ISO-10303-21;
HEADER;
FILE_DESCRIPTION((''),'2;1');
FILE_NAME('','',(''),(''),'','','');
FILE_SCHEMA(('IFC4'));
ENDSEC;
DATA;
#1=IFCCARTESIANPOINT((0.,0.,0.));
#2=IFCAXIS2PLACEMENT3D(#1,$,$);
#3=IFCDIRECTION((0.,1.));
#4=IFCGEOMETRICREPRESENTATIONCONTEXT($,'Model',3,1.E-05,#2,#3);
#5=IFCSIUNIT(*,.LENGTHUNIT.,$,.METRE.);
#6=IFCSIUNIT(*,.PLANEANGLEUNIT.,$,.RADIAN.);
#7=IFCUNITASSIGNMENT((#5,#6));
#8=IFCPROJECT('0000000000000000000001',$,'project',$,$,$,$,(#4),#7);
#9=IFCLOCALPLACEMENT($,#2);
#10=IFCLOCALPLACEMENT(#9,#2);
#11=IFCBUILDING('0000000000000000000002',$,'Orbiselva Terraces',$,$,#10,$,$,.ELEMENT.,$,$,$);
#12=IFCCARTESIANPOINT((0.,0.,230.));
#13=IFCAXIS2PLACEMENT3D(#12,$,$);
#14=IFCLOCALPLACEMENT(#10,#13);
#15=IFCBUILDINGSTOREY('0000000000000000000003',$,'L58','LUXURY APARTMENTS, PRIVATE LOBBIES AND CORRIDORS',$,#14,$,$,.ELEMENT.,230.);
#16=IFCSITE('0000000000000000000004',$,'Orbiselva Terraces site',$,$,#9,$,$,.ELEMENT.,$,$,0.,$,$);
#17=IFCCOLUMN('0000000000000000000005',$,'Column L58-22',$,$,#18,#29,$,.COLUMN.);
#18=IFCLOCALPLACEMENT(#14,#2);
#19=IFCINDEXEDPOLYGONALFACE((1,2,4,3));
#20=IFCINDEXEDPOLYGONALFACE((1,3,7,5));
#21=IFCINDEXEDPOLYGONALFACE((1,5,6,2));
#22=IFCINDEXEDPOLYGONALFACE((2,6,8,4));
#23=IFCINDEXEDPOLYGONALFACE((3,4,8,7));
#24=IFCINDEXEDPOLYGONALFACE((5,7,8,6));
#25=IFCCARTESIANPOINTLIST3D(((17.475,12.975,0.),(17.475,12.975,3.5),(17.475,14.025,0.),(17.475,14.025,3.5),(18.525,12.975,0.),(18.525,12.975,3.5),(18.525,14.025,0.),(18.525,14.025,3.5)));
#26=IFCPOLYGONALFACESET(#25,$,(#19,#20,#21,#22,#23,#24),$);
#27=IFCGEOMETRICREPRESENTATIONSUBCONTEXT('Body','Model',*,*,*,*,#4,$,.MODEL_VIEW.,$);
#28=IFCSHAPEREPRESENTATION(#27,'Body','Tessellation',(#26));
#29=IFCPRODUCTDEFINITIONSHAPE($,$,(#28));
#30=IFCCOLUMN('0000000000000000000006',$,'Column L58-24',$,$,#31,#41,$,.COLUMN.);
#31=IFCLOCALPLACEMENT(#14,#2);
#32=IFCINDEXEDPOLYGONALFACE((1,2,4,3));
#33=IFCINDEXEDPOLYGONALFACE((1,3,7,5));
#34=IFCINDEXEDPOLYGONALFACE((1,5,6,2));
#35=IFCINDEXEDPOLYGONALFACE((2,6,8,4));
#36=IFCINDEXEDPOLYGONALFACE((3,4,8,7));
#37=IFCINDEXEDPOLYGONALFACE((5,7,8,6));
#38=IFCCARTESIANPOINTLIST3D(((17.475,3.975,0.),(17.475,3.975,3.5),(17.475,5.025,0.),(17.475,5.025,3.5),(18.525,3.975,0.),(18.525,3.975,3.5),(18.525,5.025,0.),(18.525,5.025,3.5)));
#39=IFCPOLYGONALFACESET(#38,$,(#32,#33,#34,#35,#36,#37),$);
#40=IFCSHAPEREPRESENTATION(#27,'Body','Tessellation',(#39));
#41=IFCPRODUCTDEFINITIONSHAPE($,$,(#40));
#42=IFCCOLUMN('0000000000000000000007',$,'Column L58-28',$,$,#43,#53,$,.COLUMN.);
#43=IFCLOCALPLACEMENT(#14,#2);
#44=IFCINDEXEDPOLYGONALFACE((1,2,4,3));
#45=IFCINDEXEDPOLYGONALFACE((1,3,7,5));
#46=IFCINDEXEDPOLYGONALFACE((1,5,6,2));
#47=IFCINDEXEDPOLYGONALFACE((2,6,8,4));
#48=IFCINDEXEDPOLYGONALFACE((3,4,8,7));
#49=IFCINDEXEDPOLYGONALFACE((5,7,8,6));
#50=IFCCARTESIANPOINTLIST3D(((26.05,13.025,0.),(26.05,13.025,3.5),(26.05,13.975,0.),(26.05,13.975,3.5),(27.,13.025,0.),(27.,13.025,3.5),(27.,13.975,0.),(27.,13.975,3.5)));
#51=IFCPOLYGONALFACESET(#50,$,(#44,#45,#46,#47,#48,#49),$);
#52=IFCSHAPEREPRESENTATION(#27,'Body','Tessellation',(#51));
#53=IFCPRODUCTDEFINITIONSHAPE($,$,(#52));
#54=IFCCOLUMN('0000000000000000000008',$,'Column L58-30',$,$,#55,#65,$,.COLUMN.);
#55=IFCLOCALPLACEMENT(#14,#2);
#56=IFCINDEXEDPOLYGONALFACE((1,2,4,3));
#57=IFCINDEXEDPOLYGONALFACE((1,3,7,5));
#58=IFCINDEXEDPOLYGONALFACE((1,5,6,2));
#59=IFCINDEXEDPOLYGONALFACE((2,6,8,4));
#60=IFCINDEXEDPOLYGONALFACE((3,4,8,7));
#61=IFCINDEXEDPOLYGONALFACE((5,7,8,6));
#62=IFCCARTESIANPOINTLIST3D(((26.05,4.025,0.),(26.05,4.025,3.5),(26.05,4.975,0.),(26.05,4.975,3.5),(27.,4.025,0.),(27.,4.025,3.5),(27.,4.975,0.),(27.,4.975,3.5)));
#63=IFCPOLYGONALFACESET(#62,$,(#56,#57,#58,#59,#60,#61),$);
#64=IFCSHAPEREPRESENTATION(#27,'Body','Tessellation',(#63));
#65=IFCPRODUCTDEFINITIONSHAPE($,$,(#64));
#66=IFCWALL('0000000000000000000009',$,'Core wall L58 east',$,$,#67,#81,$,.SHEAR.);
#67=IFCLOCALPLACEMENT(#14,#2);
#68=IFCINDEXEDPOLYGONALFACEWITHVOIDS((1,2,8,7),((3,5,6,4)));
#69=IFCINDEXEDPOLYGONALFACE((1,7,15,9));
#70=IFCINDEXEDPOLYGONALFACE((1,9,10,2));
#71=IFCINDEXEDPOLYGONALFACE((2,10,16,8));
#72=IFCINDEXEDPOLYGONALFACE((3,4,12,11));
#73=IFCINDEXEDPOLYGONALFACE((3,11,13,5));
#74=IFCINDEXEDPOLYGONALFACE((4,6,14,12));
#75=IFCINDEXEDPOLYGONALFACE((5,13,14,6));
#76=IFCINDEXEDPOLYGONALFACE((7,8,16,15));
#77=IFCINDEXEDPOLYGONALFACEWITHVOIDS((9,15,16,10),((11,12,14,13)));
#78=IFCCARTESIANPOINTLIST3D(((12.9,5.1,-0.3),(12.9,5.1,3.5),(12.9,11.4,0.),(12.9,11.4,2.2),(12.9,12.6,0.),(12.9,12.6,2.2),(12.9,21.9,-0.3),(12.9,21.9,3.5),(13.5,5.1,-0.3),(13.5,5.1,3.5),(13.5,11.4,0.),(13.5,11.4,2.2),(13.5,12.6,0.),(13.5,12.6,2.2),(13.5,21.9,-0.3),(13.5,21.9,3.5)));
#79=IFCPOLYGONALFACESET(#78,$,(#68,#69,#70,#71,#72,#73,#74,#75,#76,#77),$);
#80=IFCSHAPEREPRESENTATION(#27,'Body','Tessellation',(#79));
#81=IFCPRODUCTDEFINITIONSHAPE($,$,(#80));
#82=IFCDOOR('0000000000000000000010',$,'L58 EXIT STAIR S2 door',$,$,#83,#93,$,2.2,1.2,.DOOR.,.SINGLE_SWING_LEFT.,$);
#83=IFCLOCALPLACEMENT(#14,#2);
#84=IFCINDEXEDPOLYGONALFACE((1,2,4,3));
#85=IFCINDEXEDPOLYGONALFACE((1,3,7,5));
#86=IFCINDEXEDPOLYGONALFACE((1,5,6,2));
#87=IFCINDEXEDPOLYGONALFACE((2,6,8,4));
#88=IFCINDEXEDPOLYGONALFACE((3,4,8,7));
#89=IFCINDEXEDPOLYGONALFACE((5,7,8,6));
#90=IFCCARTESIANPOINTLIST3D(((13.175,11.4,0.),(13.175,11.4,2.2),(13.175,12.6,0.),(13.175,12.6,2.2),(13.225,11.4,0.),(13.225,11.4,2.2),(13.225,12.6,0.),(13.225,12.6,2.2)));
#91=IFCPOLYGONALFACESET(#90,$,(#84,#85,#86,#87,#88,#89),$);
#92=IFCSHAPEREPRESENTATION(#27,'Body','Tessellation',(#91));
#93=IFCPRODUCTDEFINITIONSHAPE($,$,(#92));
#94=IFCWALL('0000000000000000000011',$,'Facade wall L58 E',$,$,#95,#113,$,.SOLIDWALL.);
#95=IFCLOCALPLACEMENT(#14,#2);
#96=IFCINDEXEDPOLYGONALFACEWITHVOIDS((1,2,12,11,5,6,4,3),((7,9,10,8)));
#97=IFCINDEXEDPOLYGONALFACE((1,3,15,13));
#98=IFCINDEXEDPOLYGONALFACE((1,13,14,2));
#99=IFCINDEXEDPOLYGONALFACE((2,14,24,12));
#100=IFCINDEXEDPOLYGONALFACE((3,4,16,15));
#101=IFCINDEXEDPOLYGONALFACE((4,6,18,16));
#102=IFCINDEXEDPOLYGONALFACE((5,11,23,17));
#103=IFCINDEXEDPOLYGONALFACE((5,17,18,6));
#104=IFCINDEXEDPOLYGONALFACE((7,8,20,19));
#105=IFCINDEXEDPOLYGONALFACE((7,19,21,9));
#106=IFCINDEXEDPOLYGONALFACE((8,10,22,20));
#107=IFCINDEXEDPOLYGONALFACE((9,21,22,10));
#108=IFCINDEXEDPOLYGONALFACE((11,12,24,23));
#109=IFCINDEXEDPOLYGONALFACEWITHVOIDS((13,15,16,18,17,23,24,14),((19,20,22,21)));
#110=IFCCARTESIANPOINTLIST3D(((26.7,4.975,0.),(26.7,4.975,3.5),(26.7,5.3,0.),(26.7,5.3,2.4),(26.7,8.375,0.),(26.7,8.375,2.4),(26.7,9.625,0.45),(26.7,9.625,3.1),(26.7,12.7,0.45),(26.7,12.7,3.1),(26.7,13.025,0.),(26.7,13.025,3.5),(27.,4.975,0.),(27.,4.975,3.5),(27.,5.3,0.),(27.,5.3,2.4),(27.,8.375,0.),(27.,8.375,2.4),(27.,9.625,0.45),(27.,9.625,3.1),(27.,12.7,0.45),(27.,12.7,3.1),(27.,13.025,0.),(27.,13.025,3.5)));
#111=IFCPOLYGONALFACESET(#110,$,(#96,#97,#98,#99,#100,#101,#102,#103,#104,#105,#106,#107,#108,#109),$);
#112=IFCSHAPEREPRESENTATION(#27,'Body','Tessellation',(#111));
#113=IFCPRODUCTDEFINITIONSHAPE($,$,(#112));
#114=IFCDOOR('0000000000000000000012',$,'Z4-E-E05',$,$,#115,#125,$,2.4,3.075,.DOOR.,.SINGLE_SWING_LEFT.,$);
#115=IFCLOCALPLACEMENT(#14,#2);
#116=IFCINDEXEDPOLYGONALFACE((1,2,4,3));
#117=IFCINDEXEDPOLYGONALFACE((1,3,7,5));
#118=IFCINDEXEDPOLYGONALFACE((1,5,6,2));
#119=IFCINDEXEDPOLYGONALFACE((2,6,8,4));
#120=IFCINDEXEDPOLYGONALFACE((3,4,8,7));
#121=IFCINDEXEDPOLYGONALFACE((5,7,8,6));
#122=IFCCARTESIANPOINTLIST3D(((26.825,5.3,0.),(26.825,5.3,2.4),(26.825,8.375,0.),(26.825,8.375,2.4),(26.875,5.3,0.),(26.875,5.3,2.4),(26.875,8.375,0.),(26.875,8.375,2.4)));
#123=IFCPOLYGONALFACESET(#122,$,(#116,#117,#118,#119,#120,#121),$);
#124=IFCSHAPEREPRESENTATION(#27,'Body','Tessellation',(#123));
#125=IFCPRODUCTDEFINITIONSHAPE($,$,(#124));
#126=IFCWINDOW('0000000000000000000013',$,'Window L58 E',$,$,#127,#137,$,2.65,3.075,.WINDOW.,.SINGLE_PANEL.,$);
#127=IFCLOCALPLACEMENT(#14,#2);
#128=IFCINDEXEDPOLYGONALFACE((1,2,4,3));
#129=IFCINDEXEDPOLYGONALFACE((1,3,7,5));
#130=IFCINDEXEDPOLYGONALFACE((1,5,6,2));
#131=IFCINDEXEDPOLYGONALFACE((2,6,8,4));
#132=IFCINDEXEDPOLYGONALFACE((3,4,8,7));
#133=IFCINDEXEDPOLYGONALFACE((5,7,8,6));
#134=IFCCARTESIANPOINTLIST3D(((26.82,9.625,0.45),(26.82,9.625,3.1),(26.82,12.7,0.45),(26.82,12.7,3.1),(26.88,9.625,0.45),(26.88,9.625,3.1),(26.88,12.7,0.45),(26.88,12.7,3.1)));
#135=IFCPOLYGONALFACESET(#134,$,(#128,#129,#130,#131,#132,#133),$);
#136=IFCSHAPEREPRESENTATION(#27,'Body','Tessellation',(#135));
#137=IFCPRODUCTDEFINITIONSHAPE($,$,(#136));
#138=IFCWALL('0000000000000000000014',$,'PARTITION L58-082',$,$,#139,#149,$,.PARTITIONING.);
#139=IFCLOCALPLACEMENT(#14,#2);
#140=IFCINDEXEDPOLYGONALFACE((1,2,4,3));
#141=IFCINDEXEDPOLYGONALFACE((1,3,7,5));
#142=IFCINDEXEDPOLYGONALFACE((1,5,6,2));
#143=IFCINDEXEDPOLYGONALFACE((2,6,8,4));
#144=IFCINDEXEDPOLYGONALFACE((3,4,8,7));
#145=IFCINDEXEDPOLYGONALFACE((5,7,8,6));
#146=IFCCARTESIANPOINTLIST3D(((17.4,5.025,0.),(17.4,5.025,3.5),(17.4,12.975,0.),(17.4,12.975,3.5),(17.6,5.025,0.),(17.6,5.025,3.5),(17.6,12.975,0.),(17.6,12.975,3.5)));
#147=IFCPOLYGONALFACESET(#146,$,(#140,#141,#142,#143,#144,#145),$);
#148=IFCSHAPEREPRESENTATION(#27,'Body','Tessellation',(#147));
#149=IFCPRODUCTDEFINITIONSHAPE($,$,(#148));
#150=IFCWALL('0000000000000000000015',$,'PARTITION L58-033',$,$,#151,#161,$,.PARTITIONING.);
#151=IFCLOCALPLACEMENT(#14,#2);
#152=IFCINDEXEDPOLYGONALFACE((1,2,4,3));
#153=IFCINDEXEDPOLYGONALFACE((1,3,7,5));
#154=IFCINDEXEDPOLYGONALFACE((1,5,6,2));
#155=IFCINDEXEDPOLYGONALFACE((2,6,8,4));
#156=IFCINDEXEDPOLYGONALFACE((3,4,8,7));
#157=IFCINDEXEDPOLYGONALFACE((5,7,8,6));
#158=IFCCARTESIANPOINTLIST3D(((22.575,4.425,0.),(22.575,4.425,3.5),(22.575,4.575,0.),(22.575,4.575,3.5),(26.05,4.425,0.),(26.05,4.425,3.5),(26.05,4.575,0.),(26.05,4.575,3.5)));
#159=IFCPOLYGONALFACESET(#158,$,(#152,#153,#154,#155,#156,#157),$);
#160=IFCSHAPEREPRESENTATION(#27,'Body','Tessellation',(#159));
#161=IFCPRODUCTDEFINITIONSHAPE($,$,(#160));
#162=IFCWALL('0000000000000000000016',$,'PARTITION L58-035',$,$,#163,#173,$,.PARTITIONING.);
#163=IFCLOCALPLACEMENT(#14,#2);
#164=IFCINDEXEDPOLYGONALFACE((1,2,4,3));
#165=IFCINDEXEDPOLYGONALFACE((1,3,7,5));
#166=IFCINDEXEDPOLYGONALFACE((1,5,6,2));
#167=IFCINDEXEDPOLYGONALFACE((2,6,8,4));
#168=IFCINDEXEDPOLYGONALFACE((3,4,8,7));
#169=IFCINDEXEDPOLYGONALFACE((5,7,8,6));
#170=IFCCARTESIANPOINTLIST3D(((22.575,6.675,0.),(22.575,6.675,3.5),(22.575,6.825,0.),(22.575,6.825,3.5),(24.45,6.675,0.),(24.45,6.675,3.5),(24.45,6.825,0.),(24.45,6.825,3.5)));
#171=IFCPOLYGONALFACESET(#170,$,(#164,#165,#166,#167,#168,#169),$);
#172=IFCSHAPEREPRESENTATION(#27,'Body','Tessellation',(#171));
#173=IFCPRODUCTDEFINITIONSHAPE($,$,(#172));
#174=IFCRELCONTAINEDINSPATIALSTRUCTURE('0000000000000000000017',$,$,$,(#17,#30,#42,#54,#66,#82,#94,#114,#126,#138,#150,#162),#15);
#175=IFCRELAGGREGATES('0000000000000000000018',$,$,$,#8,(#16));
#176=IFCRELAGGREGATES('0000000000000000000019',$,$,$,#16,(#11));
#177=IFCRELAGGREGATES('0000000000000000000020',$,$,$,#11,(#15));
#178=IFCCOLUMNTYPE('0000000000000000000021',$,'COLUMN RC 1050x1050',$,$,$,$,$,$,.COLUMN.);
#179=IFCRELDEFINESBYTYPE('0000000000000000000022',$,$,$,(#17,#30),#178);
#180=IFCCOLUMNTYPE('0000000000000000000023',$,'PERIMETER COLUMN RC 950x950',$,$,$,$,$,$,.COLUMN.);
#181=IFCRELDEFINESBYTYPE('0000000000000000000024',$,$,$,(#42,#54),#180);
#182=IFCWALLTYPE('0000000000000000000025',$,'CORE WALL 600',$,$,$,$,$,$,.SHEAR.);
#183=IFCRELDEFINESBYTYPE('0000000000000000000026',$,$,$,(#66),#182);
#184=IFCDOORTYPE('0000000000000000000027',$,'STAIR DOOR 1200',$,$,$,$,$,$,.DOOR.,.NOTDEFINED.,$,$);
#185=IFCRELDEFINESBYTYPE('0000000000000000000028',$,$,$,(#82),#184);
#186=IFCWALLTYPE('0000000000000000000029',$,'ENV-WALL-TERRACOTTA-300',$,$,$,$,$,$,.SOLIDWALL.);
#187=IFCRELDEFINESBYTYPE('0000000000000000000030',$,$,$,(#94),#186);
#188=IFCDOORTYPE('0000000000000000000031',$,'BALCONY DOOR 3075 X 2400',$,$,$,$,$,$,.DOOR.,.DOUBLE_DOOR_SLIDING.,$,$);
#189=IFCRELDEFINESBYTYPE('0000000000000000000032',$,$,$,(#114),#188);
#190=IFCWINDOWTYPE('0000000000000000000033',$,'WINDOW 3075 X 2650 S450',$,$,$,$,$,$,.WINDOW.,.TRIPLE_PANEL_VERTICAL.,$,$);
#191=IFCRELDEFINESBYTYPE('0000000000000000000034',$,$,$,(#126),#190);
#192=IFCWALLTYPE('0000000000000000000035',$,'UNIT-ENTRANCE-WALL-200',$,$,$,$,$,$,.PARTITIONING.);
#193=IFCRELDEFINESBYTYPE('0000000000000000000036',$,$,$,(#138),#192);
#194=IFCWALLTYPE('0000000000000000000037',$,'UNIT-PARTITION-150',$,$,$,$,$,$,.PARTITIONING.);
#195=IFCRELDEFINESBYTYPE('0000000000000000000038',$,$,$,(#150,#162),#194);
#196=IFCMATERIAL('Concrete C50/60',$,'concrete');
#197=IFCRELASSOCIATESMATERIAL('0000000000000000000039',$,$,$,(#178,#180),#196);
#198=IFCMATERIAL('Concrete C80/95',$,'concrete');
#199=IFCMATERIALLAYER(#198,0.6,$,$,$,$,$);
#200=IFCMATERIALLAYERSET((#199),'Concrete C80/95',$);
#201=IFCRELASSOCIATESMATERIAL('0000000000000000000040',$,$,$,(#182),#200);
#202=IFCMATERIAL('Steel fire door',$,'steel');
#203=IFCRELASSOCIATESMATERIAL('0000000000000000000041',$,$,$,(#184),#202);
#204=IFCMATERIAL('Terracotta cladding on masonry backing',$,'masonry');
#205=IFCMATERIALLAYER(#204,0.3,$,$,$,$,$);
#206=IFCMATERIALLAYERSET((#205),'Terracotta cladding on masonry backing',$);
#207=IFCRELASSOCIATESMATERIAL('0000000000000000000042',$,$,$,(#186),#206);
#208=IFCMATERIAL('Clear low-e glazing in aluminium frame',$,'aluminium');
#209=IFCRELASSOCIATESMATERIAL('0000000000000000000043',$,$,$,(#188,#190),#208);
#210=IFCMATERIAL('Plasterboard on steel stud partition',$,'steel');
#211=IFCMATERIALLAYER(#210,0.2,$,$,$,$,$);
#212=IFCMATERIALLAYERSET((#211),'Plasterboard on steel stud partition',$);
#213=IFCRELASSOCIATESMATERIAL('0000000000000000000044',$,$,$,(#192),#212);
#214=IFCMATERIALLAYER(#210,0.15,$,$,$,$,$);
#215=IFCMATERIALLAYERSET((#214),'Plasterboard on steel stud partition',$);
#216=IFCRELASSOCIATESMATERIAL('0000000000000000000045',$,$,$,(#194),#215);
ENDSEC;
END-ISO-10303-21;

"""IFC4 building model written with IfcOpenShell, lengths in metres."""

from ifc_helpers import new_model, si_unit, direction, frame, frame_2d, origin, origin_2d, place, context, subcontext, project, spatial, rectangle, extrude, material, layer, layer_set, material_profile, profile_set, type_object, element, fill, save


model = new_model("IFC4")

# Units and contexts
model_context = context("Model", 3, precision=1e-05, world=origin(), true_north=direction((0.0, 1.0)))
body_context = subcontext(model_context, "Body", "Model", "MODEL_VIEW")
ifc_project = project(units=[si_unit("LENGTHUNIT", "METRE"), si_unit("PLANEANGLEUNIT", "RADIAN")], contexts=[model_context])

# Site, building, storey
site_placement = place(None, origin())
site = spatial("IfcSite", under=ifc_project, at=site_placement, Name="Orbiselva Terraces site", CompositionType="ELEMENT", RefElevation=0.0)
building_placement = place(site_placement, origin())
building = spatial("IfcBuilding", under=site, at=building_placement, Name="Orbiselva Terraces", CompositionType="ELEMENT")
storey_placement = place(building_placement, frame((0.0, 0.0, 230.0)))
storey = spatial("IfcBuildingStorey", under=building, at=storey_placement, Name="L58", Description="LUXURY APARTMENTS, PRIVATE LOBBIES AND CORRIDORS", CompositionType="ELEMENT", Elevation=230.0)

# Columns
ifc_material_1 = material(Name="Concrete C50/60", Category="concrete")
ifc_material_profile_1 = material_profile(ifc_material_1, rectangle(XDim=1.05, YDim=1.05, at=origin_2d()), Name="RC 1050x1050")
ifc_profile_set_1 = profile_set([ifc_material_profile_1], Name="Concrete C50/60")
column_type_1 = type_object("IfcColumnType", Name="COLUMN RC 1050x1050", PredefinedType="COLUMN", material=ifc_profile_set_1)
for number, where, z_axis, x_axis, name in (
    (1, (18.0, 13.5, 0.0), (0.0, 0.0, 1.0), (1.0, 0.0, 0.0), "Column L58-22"),
    (2, (18.0, 4.5, 0.0), (0.0, 0.0, 1.0), (1.0, 0.0, 0.0), "Column L58-24"),
):
    element("IfcColumn", number, at=place(storey_placement, frame(where, z_axis=z_axis, x_axis=x_axis)), inside=storey, type_object=column_type_1, Name=name, PredefinedType="COLUMN", context=body_context, shape_type="SweptSolid", body=[
        extrude(rectangle(XDim=1.05, YDim=1.05, at=origin_2d()), origin(), (0.0, 0.0, 1.0), 3.5),
    ])
ifc_material_profile_2 = material_profile(ifc_material_1, rectangle(XDim=0.95, YDim=0.95, at=origin_2d()), Name="RC 950x950")
ifc_profile_set_2 = profile_set([ifc_material_profile_2], Name="Concrete C50/60")
column_type_2 = type_object("IfcColumnType", Name="PERIMETER COLUMN RC 950x950", PredefinedType="COLUMN", material=ifc_profile_set_2)
for number, where, z_axis, x_axis, name in (
    (3, (26.525, 13.5, 0.0), (0.0, 0.0, 1.0), (1.0, 0.0, 0.0), "Column L58-28"),
    (4, (26.525, 4.5, 0.0), (0.0, 0.0, 1.0), (1.0, 0.0, 0.0), "Column L58-30"),
):
    element("IfcColumn", number, at=place(storey_placement, frame(where, z_axis=z_axis, x_axis=x_axis)), inside=storey, type_object=column_type_2, Name=name, PredefinedType="COLUMN", context=body_context, shape_type="SweptSolid", body=[
        extrude(rectangle(XDim=0.95, YDim=0.95, at=origin_2d()), origin(), (0.0, 0.0, 1.0), 3.5),
    ])

# Wall, opening, door
ifc_material_2 = material(Name="Concrete C80/95", Category="concrete")
ifc_layer_1 = layer(ifc_material_2, 0.6)
ifc_layer_set_1 = layer_set([ifc_layer_1], Name="Concrete C80/95")
wall_type_1 = type_object("IfcWallType", Name="CORE WALL 600", PredefinedType="SHEAR", material=ifc_layer_set_1)
wall_1_placement = place(storey_placement, frame((13.2, 5.1, -0.3), z_axis=(0.0, 0.0, 1.0), x_axis=(0.0, 1.0, 0.0)))
wall_1 = element("IfcWall", 5, at=wall_1_placement, inside=storey, type_object=wall_type_1, Name="Core wall L58 east", PredefinedType="SHEAR", context=body_context, shape_type="SweptSolid", body=[
    extrude(rectangle(XDim=16.8, YDim=0.6, at=frame_2d((8.4, 0.0))), origin(), (0.0, 0.0, 1.0), 3.8),
])
opening_1_placement = place(wall_1_placement, frame((6.3, 0.0, 0.3)))
opening_1 = element("IfcOpeningElement", 6, at=opening_1_placement, cuts=wall_1, PredefinedType="OPENING", context=body_context, shape_type="SweptSolid", body=[
    extrude(rectangle(XDim=1.2, YDim=2.2, at=frame_2d((0.6, 1.1))), frame((0.0, 0.31, 0.0), z_axis=(0.0, -1.0, 0.0), x_axis=(1.0, 0.0, 0.0)), (0.0, 0.0, 1.0), 0.62),
])
ifc_material_3 = material(Name="Steel fire door", Category="steel")
door_type_1 = type_object("IfcDoorType", Name="STAIR DOOR 1200", OperationType="NOTDEFINED", PredefinedType="DOOR", material=ifc_material_3)
door_1_placement = place(opening_1_placement, frame((1.2, 0.0, 0.0), z_axis=(0.0, 0.0, 1.0), x_axis=(-1.0, 0.0, 0.0)))
door_1 = element("IfcDoor", 7, at=door_1_placement, inside=storey, type_object=door_type_1, Name="L58 EXIT STAIR S2 door", OperationType="SINGLE_SWING_LEFT", OverallHeight=2.2, OverallWidth=1.2, PredefinedType="DOOR", context=body_context, shape_type="SweptSolid", body=[
    extrude(rectangle(XDim=1.2, YDim=2.2, at=frame_2d((0.6, 1.1))), frame((0.0, 0.025, 0.0), z_axis=(0.0, -1.0, 0.0), x_axis=(1.0, 0.0, 0.0)), (0.0, 0.0, 1.0), 0.05),
])
fill(opening_1, door_1)

# Wall, openings, door, window
ifc_material_4 = material(Name="Terracotta cladding on masonry backing", Category="masonry")
ifc_layer_2 = layer(ifc_material_4, 0.3)
ifc_layer_set_2 = layer_set([ifc_layer_2], Name="Terracotta cladding on masonry backing")
wall_type_2 = type_object("IfcWallType", Name="ENV-WALL-TERRACOTTA-300", PredefinedType="SOLIDWALL", material=ifc_layer_set_2)
wall_2_placement = place(storey_placement, frame((26.85, 13.025, 0.0), z_axis=(0.0, 0.0, 1.0), x_axis=(0.0, -1.0, 0.0)))
wall_2 = element("IfcWall", 8, at=wall_2_placement, inside=storey, type_object=wall_type_2, Name="Facade wall L58 E", PredefinedType="SOLIDWALL", context=body_context, shape_type="SweptSolid", body=[
    extrude(rectangle(XDim=8.05, YDim=0.3, at=frame_2d((4.025, 0.0))), origin(), (0.0, 0.0, 1.0), 3.5),
])
opening_2_placement = place(wall_2_placement, frame((4.65, 0.0, 0.0)))
opening_2 = element("IfcOpeningElement", 9, at=opening_2_placement, cuts=wall_2, PredefinedType="OPENING", context=body_context, shape_type="SweptSolid", body=[
    extrude(rectangle(XDim=3.075, YDim=2.4, at=frame_2d((1.5375, 1.2))), frame((0.0, 0.16, 0.0), z_axis=(0.0, -1.0, 0.0), x_axis=(1.0, 0.0, 0.0)), (0.0, 0.0, 1.0), 0.32),
])
opening_3_placement = place(wall_2_placement, frame((0.325, 0.0, 0.45)))
opening_3 = element("IfcOpeningElement", 10, at=opening_3_placement, cuts=wall_2, PredefinedType="OPENING", context=body_context, shape_type="SweptSolid", body=[
    extrude(rectangle(XDim=3.075, YDim=2.65, at=frame_2d((1.5375, 1.325))), frame((0.0, 0.16, 0.0), z_axis=(0.0, -1.0, 0.0), x_axis=(1.0, 0.0, 0.0)), (0.0, 0.0, 1.0), 0.32),
])
ifc_material_5 = material(Name="Clear low-e glazing in aluminium frame", Category="aluminium")
door_type_2 = type_object("IfcDoorType", Name="BALCONY DOOR 3075 X 2400", OperationType="DOUBLE_DOOR_SLIDING", PredefinedType="DOOR", material=ifc_material_5)
door_2_placement = place(opening_2_placement, origin())
door_2 = element("IfcDoor", 11, at=door_2_placement, inside=storey, type_object=door_type_2, Name="Z4-E-E05", OperationType="SINGLE_SWING_LEFT", OverallHeight=2.4, OverallWidth=3.075, PredefinedType="DOOR", context=body_context, shape_type="SweptSolid", body=[
    extrude(rectangle(XDim=3.075, YDim=2.4, at=frame_2d((1.5375, 1.2))), frame((0.0, 0.025, 0.0), z_axis=(0.0, -1.0, 0.0), x_axis=(1.0, 0.0, 0.0)), (0.0, 0.0, 1.0), 0.05),
])
fill(opening_2, door_2)
window_type = type_object("IfcWindowType", Name="WINDOW 3075 X 2650 S450", PartitioningType="TRIPLE_PANEL_VERTICAL", PredefinedType="WINDOW", material=ifc_material_5)
window_placement = place(opening_3_placement, origin())
window = element("IfcWindow", 12, at=window_placement, inside=storey, type_object=window_type, Name="Window L58 E", OverallHeight=2.65, OverallWidth=3.075, PartitioningType="SINGLE_PANEL", PredefinedType="WINDOW", context=body_context, shape_type="SweptSolid", body=[
    extrude(rectangle(XDim=3.075, YDim=2.65, at=frame_2d((1.5375, 1.325))), frame((0.0, 0.03, 0.0), z_axis=(0.0, -1.0, 0.0), x_axis=(1.0, 0.0, 0.0)), (0.0, 0.0, 1.0), 0.06),
])
fill(opening_3, window)

# Walls
ifc_material_6 = material(Name="Plasterboard on steel stud partition", Category="steel")
ifc_layer_3 = layer(ifc_material_6, 0.2)
ifc_layer_set_3 = layer_set([ifc_layer_3], Name="Plasterboard on steel stud partition")
wall_type_3 = type_object("IfcWallType", Name="UNIT-ENTRANCE-WALL-200", PredefinedType="PARTITIONING", material=ifc_layer_set_3)
wall_3_placement = place(storey_placement, frame((17.5, 5.025, 0.0), z_axis=(0.0, 0.0, 1.0), x_axis=(0.0, 1.0, 0.0)))
element("IfcWall", 13, at=wall_3_placement, inside=storey, type_object=wall_type_3, Name="PARTITION L58-082", PredefinedType="PARTITIONING", context=body_context, shape_type="SweptSolid", body=[
    extrude(rectangle(XDim=7.95, YDim=0.2, at=frame_2d((3.975, 0.0))), origin(), (0.0, 0.0, 1.0), 3.5),
])
ifc_layer_4 = layer(ifc_material_6, 0.15)
ifc_layer_set_4 = layer_set([ifc_layer_4], Name="Plasterboard on steel stud partition")
wall_type_4 = type_object("IfcWallType", Name="UNIT-PARTITION-150", PredefinedType="PARTITIONING", material=ifc_layer_set_4)
wall_4_placement = place(storey_placement, frame((22.575, 4.5, 0.0), z_axis=(0.0, 0.0, 1.0), x_axis=(1.0, 0.0, 0.0)))
element("IfcWall", 14, at=wall_4_placement, inside=storey, type_object=wall_type_4, Name="PARTITION L58-033", PredefinedType="PARTITIONING", context=body_context, shape_type="SweptSolid", body=[
    extrude(rectangle(XDim=3.475, YDim=0.15, at=frame_2d((1.7375, 0.0))), origin(), (0.0, 0.0, 1.0), 3.5),
])
wall_5_placement = place(storey_placement, frame((22.575, 6.75, 0.0), z_axis=(0.0, 0.0, 1.0), x_axis=(1.0, 0.0, 0.0)))
element("IfcWall", 15, at=wall_5_placement, inside=storey, type_object=wall_type_4, Name="PARTITION L58-035", PredefinedType="PARTITIONING", context=body_context, shape_type="SweptSolid", body=[
    extrude(rectangle(XDim=1.875, YDim=0.15, at=frame_2d((0.9375, 0.0))), origin(), (0.0, 0.0, 1.0), 3.5),
])

save(model, "model.ifc")
